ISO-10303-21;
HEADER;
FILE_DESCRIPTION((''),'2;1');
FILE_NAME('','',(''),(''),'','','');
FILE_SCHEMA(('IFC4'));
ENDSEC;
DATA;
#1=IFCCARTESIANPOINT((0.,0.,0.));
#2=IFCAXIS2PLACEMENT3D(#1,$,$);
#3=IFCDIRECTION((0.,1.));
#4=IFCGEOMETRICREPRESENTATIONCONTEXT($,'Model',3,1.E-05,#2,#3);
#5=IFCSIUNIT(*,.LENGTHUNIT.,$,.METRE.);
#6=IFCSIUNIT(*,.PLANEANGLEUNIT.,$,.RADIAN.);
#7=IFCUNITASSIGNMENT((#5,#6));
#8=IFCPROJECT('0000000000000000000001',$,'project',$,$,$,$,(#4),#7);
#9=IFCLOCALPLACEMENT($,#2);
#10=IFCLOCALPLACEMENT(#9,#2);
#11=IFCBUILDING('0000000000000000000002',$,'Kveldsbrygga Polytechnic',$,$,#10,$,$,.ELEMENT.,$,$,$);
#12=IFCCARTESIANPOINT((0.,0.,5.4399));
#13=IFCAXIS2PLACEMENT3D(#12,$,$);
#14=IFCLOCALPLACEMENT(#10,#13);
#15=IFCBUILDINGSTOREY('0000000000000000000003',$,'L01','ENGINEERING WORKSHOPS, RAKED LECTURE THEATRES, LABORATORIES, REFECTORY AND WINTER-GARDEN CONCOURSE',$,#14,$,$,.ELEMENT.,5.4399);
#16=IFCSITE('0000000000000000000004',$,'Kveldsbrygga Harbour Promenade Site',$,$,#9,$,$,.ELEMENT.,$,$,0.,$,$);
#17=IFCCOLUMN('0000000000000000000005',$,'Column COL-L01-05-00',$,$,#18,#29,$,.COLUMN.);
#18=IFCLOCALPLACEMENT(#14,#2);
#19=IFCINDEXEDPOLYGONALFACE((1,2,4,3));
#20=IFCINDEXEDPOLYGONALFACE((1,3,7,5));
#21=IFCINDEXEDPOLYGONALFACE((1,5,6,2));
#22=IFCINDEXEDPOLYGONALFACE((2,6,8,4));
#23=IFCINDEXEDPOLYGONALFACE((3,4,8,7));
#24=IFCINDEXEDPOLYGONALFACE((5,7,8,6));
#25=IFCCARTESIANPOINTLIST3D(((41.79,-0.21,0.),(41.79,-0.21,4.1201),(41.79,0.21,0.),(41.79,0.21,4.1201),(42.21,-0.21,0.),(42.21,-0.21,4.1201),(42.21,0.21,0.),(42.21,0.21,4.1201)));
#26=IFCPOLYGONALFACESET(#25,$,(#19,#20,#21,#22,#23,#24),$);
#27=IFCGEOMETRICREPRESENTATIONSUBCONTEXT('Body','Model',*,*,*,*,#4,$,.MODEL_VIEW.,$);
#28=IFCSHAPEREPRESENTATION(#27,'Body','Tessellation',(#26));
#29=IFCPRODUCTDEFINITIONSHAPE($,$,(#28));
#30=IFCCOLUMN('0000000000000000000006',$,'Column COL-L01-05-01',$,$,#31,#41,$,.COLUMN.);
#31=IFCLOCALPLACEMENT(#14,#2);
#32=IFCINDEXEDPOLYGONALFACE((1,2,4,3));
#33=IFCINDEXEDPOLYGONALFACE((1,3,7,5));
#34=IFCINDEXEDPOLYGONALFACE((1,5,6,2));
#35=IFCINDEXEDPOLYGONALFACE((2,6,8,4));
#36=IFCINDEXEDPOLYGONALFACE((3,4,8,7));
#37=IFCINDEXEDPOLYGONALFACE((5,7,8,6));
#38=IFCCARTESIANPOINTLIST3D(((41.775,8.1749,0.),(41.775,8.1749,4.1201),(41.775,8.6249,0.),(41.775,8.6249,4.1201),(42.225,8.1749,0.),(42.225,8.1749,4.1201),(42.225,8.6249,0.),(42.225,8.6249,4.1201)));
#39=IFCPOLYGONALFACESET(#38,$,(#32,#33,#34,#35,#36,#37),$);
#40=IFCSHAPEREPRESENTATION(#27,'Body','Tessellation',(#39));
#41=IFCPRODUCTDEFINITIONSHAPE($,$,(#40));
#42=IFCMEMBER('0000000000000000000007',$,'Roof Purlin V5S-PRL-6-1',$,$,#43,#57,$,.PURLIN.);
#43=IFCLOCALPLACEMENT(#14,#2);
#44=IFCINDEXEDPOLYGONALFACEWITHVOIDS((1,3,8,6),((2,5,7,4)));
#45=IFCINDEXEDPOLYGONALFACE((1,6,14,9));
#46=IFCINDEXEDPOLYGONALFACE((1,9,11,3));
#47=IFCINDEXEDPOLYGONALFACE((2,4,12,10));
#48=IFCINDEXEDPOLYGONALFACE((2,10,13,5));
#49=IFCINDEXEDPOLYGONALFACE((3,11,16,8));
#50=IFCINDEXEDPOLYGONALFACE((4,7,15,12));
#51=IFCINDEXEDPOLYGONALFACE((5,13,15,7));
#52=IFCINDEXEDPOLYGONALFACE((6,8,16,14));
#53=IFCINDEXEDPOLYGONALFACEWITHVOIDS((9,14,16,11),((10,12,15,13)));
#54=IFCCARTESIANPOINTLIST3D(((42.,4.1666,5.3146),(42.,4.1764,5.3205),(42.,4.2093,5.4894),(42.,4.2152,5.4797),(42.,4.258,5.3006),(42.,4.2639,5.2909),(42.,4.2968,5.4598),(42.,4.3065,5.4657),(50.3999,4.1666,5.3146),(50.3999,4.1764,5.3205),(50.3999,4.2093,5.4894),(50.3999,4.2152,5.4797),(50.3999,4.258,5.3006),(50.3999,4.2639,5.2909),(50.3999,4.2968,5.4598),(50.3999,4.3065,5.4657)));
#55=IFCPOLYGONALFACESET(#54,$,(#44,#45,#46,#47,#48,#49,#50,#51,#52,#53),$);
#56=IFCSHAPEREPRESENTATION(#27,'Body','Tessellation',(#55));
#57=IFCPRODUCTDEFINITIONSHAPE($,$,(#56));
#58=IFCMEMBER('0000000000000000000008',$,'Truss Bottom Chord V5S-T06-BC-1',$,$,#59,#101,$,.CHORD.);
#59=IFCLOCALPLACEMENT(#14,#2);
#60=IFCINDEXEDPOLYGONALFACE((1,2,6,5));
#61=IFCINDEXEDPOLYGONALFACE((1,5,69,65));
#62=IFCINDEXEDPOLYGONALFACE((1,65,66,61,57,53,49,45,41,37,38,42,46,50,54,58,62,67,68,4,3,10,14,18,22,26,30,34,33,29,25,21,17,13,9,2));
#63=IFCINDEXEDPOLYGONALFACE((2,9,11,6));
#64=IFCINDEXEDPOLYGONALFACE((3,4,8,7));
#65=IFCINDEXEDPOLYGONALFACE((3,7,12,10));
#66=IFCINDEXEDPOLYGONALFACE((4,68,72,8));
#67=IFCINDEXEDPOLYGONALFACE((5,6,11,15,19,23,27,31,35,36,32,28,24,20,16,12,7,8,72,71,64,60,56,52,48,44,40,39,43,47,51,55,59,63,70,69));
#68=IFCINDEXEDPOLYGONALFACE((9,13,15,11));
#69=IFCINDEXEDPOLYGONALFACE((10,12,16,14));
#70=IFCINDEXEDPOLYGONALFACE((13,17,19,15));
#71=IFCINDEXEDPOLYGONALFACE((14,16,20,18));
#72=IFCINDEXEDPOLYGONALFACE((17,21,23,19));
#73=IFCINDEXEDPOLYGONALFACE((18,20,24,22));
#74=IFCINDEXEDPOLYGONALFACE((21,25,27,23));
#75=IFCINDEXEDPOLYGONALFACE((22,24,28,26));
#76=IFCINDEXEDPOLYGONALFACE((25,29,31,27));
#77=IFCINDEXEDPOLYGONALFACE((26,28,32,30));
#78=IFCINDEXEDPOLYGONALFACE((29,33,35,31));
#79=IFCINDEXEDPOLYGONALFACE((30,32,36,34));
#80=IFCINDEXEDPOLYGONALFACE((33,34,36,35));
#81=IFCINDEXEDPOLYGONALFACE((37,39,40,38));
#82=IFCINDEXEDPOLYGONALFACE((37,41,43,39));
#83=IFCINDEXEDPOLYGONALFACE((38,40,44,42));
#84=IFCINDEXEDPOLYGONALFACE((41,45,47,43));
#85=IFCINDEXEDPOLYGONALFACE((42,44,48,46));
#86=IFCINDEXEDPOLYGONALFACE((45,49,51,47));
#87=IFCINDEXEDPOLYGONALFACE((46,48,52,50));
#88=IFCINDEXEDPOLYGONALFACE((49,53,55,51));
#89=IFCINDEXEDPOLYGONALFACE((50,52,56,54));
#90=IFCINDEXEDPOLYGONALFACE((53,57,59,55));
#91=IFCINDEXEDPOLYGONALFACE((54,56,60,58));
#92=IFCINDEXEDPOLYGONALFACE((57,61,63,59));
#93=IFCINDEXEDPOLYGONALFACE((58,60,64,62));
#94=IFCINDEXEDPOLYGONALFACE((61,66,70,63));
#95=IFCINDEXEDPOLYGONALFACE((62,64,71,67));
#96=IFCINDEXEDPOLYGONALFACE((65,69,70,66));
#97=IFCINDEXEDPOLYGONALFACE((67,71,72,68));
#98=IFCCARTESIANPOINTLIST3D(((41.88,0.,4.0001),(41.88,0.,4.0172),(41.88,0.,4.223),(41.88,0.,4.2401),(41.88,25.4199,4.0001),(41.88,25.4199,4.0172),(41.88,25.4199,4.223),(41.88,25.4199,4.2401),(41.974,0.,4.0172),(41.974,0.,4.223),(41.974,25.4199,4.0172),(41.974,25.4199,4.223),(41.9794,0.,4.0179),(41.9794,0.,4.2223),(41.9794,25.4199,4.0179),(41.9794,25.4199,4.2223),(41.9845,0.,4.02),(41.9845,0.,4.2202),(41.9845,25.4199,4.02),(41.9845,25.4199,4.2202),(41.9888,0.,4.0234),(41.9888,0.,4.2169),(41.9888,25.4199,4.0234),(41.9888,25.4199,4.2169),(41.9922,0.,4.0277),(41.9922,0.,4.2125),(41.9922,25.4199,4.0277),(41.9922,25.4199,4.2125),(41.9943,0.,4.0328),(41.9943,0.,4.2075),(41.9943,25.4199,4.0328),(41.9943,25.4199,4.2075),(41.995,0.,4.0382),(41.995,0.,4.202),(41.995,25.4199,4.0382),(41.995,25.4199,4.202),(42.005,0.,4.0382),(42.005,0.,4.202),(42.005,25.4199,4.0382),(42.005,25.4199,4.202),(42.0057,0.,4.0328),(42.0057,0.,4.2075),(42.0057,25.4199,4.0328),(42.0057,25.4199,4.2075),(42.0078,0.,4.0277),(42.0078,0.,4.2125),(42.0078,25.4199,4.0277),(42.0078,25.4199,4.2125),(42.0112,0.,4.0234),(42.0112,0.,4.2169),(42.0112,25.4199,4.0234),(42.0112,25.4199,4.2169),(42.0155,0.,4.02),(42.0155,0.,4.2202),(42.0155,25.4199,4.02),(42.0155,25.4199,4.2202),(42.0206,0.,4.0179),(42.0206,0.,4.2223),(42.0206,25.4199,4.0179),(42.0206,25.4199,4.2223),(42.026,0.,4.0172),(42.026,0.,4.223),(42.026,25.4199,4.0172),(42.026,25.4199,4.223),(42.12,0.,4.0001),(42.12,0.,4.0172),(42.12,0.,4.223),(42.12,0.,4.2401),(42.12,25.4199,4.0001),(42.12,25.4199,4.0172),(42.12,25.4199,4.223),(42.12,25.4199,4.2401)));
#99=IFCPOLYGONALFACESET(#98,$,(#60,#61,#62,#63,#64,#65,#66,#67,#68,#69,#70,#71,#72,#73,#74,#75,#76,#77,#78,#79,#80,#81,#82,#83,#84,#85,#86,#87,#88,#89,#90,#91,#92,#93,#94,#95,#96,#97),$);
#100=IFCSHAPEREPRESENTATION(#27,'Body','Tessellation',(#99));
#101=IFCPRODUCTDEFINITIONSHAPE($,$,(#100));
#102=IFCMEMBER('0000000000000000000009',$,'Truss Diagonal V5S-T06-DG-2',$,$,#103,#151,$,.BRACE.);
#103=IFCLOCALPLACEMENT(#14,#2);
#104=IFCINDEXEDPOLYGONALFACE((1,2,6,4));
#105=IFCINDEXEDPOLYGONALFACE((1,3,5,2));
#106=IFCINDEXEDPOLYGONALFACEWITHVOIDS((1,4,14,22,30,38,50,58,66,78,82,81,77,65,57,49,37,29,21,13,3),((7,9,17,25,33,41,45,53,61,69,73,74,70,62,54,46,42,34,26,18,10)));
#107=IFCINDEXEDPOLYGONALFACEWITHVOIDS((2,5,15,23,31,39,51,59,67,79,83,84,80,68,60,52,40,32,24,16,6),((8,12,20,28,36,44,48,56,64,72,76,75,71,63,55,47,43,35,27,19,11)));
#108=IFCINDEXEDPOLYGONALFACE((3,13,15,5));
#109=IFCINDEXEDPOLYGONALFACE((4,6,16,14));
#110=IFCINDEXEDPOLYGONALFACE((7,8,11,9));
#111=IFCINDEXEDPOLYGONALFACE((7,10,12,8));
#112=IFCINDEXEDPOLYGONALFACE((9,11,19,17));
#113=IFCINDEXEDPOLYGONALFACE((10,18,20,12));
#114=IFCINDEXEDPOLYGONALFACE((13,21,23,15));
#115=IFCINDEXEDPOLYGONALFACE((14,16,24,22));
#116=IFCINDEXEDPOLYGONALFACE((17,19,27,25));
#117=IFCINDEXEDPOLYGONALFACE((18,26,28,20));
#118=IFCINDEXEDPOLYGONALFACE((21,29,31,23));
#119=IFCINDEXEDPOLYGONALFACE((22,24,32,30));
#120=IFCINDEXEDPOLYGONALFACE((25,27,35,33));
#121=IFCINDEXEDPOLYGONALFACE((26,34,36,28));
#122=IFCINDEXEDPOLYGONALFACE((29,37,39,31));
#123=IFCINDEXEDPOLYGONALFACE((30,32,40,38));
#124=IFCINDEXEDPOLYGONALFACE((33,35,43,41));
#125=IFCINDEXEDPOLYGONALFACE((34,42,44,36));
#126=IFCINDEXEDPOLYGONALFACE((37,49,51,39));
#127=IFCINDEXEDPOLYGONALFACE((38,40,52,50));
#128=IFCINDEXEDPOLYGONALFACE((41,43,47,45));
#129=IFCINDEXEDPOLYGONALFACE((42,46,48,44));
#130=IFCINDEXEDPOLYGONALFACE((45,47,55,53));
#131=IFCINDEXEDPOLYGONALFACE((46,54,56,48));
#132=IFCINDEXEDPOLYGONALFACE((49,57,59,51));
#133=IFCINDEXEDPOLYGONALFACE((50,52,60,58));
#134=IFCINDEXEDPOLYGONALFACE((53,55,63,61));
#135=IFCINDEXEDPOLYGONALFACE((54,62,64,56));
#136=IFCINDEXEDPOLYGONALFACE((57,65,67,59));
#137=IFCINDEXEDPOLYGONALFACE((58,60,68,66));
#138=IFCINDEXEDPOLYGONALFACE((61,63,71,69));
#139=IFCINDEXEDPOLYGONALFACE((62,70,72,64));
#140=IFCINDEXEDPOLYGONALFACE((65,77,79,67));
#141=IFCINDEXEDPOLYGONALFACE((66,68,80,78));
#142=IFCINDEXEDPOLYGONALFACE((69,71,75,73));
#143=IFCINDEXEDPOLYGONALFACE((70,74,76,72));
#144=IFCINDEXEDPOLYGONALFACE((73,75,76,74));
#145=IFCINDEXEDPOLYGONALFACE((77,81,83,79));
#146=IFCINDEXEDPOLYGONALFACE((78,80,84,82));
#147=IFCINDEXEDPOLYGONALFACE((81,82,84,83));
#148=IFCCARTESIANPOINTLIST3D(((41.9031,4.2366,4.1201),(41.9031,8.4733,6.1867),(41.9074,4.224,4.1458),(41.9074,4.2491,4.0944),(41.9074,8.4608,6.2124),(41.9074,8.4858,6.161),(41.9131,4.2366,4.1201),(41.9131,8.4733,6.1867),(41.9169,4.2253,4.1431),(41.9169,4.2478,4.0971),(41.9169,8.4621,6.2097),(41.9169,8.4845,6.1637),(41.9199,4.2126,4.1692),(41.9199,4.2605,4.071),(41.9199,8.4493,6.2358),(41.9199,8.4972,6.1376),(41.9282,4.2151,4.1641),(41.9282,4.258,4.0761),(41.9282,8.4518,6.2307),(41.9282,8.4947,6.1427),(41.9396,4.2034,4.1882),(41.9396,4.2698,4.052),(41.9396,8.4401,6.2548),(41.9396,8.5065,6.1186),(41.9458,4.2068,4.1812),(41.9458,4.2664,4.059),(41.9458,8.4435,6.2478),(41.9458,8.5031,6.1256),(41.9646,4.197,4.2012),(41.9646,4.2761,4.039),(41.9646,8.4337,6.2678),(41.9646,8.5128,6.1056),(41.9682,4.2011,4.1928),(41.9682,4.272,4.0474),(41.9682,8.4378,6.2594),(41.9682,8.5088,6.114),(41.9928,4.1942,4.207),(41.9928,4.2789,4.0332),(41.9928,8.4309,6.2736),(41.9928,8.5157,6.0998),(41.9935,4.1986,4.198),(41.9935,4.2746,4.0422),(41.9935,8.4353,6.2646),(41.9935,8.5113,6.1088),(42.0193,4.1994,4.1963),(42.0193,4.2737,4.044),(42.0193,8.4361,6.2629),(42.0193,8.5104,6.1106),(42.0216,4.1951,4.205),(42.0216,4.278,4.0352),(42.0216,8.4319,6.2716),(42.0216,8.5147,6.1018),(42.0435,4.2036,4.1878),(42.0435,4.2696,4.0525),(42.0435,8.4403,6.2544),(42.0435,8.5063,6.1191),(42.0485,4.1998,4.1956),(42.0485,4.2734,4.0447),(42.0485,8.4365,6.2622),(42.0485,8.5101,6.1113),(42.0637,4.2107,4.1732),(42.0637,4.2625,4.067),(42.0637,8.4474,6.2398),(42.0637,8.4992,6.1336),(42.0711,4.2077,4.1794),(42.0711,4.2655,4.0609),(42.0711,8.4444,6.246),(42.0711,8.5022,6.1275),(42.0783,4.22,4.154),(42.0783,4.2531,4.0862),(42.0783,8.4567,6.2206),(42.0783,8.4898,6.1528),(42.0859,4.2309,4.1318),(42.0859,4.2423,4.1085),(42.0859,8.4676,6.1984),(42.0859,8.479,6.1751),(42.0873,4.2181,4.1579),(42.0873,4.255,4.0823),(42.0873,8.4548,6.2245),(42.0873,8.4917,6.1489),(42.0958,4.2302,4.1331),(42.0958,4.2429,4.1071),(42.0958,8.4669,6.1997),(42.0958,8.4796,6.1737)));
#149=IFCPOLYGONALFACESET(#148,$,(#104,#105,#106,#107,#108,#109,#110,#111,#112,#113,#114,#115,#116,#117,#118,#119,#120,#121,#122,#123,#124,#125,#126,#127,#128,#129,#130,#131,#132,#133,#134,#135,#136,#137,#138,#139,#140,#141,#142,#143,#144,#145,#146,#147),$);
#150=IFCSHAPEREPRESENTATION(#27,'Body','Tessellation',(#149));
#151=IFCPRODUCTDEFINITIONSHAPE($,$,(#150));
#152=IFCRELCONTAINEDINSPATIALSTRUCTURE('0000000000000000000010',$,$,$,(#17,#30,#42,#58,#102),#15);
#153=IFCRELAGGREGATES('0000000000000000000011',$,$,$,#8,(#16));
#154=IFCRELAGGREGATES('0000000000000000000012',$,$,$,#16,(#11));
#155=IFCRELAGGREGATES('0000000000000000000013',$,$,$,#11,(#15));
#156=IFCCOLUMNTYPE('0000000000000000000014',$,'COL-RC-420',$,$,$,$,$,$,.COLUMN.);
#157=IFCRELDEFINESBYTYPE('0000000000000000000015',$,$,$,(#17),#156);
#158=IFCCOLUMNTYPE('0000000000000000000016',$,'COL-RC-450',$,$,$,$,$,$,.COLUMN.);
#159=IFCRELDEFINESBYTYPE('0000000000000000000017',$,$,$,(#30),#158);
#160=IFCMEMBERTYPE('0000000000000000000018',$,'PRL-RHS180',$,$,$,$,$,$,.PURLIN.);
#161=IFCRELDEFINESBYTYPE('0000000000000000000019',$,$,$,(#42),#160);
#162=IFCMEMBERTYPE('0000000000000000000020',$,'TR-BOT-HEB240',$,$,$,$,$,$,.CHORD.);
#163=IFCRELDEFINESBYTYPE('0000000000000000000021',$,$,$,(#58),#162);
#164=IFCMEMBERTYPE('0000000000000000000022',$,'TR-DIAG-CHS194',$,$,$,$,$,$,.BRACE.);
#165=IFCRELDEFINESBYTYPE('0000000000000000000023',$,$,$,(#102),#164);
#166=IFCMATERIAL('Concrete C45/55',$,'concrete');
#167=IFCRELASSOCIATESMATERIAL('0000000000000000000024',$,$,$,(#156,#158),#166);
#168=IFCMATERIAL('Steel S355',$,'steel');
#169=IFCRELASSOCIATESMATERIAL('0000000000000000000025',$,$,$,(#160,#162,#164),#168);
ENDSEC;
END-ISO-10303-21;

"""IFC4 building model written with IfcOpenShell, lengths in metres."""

from ifc_helpers import new_model, si_unit, direction, frame, origin, origin_2d, place, context, subcontext, project, spatial, rectangle, hollow_rectangle, hollow_circle, i_section, extrude, material, material_profile, profile_set, type_object, element, save


model = new_model("IFC4")

# Units and contexts
model_context = context("Model", 3, precision=1e-05, world=origin(), true_north=direction((0.0, 1.0)))
body_context = subcontext(model_context, "Body", "Model", "MODEL_VIEW")
ifc_project = project(units=[si_unit("LENGTHUNIT", "METRE"), si_unit("PLANEANGLEUNIT", "RADIAN")], contexts=[model_context])

# Site, building, storey
site_placement = place(None, origin())
site = spatial("IfcSite", under=ifc_project, at=site_placement, Name="Kveldsbrygga Harbour Promenade Site", CompositionType="ELEMENT", RefElevation=0.0)
building_placement = place(site_placement, origin())
building = spatial("IfcBuilding", under=site, at=building_placement, Name="Kveldsbrygga Polytechnic", CompositionType="ELEMENT")
storey_placement = place(building_placement, frame((0.0, 0.0, 5.4399)))
storey = spatial("IfcBuildingStorey", under=building, at=storey_placement, Name="L01", Description="ENGINEERING WORKSHOPS, RAKED LECTURE THEATRES, LABORATORIES, REFECTORY AND WINTER-GARDEN CONCOURSE", CompositionType="ELEMENT", Elevation=5.4399)

# Columns
ifc_material_1 = material(Name="Concrete C45/55", Category="concrete")
ifc_material_profile_1 = material_profile(ifc_material_1, rectangle(XDim=0.4199, YDim=0.4199, at=origin_2d()), Name="RC 420x420")
ifc_profile_set_1 = profile_set([ifc_material_profile_1], Name="Concrete C45/55")
column_type_1 = type_object("IfcColumnType", Name="COL-RC-420", PredefinedType="COLUMN", material=ifc_profile_set_1)
column_1_placement = place(storey_placement, frame((42.0, 0.0, 0.0), z_axis=(0.0, 0.0, 1.0), x_axis=(1.0, 0.0, 0.0)))
element("IfcColumn", 1, at=column_1_placement, inside=storey, type_object=column_type_1, Name="Column COL-L01-05-00", PredefinedType="COLUMN", context=body_context, shape_type="SweptSolid", body=[
    extrude(rectangle(XDim=0.4199, YDim=0.4199, at=origin_2d()), origin(), (0.0, 0.0, 1.0), 4.1201),
])
ifc_material_profile_2 = material_profile(ifc_material_1, rectangle(XDim=0.45, YDim=0.45, at=origin_2d()), Name="RC 450x450")
ifc_profile_set_2 = profile_set([ifc_material_profile_2], Name="Concrete C45/55")
column_type_2 = type_object("IfcColumnType", Name="COL-RC-450", PredefinedType="COLUMN", material=ifc_profile_set_2)
column_2_placement = place(storey_placement, frame((42.0, 8.3999, 0.0), z_axis=(0.0, 0.0, 1.0), x_axis=(1.0, 0.0, 0.0)))
element("IfcColumn", 2, at=column_2_placement, inside=storey, type_object=column_type_2, Name="Column COL-L01-05-01", PredefinedType="COLUMN", context=body_context, shape_type="SweptSolid", body=[
    extrude(rectangle(XDim=0.45, YDim=0.45, at=origin_2d()), origin(), (0.0, 0.0, 1.0), 4.1201),
])

# Members
ifc_material_2 = material(Name="Steel S355", Category="steel")
ifc_material_profile_3 = material_profile(ifc_material_2, hollow_rectangle(XDim=0.1001, YDim=0.1799, WallThickness=0.0081, at=origin_2d()), Name="RHS 180x100x8.0")
ifc_profile_set_3 = profile_set([ifc_material_profile_3], Name="Steel S355")
member_type_1 = type_object("IfcMemberType", Name="PRL-RHS180", PredefinedType="PURLIN", material=ifc_profile_set_3)
member_1_placement = place(storey_placement, frame((42.0, 4.2366, 5.3901), z_axis=(1.0, 0.0, 0.0), x_axis=(0.0, 0.97152, -0.236957)))
element("IfcMember", 3, at=member_1_placement, inside=storey, type_object=member_type_1, Name="Roof Purlin V5S-PRL-6-1", PredefinedType="PURLIN", context=body_context, shape_type="SweptSolid", body=[
    extrude(hollow_rectangle(XDim=0.1001, YDim=0.1799, WallThickness=0.0081, at=origin_2d()), origin(), (0.0, 0.0, 1.0), 8.3999),
])
ifc_material_profile_4 = material_profile(ifc_material_2, i_section(OverallWidth=0.24, OverallDepth=0.24, WebThickness=0.01, FlangeThickness=0.0171, FilletRadius=0.021, at=origin_2d()), Name="HEB 240")
ifc_profile_set_4 = profile_set([ifc_material_profile_4], Name="Steel S355")
member_type_2 = type_object("IfcMemberType", Name="TR-BOT-HEB240", PredefinedType="CHORD", material=ifc_profile_set_4)
member_2_placement = place(storey_placement, frame((42.0, 0.0, 4.1201), z_axis=(0.0, 1.0, 0.0), x_axis=(-1.0, 0.0, 0.0)))
element("IfcMember", 4, at=member_2_placement, inside=storey, type_object=member_type_2, Name="Truss Bottom Chord V5S-T06-BC-1", PredefinedType="CHORD", context=body_context, shape_type="SweptSolid", body=[
    extrude(i_section(OverallWidth=0.24, OverallDepth=0.24, WebThickness=0.01, FlangeThickness=0.0171, FilletRadius=0.021, at=origin_2d()), origin(), (0.0, 0.0, 1.0), 25.4199),
])
ifc_material_profile_5 = material_profile(ifc_material_2, hollow_circle(Radius=0.0969, WallThickness=0.01, at=origin_2d()), Name="CHS 193.7x10.0")
ifc_profile_set_5 = profile_set([ifc_material_profile_5], Name="Steel S355")
member_type_3 = type_object("IfcMemberType", Name="TR-DIAG-CHS194", PredefinedType="BRACE", material=ifc_profile_set_5)
member_3_placement = place(storey_placement, frame((42.0, 4.2366, 4.1201), z_axis=(0.0, 0.898776, 0.438408), x_axis=(-1.0, 0.0, 0.0)))
element("IfcMember", 5, at=member_3_placement, inside=storey, type_object=member_type_3, Name="Truss Diagonal V5S-T06-DG-2", PredefinedType="BRACE", context=body_context, shape_type="SweptSolid", body=[
    extrude(hollow_circle(Radius=0.0969, WallThickness=0.01, at=origin_2d()), origin(), (0.0, 0.0, 1.0), 4.7139),
])

save(model, "model.ifc")
